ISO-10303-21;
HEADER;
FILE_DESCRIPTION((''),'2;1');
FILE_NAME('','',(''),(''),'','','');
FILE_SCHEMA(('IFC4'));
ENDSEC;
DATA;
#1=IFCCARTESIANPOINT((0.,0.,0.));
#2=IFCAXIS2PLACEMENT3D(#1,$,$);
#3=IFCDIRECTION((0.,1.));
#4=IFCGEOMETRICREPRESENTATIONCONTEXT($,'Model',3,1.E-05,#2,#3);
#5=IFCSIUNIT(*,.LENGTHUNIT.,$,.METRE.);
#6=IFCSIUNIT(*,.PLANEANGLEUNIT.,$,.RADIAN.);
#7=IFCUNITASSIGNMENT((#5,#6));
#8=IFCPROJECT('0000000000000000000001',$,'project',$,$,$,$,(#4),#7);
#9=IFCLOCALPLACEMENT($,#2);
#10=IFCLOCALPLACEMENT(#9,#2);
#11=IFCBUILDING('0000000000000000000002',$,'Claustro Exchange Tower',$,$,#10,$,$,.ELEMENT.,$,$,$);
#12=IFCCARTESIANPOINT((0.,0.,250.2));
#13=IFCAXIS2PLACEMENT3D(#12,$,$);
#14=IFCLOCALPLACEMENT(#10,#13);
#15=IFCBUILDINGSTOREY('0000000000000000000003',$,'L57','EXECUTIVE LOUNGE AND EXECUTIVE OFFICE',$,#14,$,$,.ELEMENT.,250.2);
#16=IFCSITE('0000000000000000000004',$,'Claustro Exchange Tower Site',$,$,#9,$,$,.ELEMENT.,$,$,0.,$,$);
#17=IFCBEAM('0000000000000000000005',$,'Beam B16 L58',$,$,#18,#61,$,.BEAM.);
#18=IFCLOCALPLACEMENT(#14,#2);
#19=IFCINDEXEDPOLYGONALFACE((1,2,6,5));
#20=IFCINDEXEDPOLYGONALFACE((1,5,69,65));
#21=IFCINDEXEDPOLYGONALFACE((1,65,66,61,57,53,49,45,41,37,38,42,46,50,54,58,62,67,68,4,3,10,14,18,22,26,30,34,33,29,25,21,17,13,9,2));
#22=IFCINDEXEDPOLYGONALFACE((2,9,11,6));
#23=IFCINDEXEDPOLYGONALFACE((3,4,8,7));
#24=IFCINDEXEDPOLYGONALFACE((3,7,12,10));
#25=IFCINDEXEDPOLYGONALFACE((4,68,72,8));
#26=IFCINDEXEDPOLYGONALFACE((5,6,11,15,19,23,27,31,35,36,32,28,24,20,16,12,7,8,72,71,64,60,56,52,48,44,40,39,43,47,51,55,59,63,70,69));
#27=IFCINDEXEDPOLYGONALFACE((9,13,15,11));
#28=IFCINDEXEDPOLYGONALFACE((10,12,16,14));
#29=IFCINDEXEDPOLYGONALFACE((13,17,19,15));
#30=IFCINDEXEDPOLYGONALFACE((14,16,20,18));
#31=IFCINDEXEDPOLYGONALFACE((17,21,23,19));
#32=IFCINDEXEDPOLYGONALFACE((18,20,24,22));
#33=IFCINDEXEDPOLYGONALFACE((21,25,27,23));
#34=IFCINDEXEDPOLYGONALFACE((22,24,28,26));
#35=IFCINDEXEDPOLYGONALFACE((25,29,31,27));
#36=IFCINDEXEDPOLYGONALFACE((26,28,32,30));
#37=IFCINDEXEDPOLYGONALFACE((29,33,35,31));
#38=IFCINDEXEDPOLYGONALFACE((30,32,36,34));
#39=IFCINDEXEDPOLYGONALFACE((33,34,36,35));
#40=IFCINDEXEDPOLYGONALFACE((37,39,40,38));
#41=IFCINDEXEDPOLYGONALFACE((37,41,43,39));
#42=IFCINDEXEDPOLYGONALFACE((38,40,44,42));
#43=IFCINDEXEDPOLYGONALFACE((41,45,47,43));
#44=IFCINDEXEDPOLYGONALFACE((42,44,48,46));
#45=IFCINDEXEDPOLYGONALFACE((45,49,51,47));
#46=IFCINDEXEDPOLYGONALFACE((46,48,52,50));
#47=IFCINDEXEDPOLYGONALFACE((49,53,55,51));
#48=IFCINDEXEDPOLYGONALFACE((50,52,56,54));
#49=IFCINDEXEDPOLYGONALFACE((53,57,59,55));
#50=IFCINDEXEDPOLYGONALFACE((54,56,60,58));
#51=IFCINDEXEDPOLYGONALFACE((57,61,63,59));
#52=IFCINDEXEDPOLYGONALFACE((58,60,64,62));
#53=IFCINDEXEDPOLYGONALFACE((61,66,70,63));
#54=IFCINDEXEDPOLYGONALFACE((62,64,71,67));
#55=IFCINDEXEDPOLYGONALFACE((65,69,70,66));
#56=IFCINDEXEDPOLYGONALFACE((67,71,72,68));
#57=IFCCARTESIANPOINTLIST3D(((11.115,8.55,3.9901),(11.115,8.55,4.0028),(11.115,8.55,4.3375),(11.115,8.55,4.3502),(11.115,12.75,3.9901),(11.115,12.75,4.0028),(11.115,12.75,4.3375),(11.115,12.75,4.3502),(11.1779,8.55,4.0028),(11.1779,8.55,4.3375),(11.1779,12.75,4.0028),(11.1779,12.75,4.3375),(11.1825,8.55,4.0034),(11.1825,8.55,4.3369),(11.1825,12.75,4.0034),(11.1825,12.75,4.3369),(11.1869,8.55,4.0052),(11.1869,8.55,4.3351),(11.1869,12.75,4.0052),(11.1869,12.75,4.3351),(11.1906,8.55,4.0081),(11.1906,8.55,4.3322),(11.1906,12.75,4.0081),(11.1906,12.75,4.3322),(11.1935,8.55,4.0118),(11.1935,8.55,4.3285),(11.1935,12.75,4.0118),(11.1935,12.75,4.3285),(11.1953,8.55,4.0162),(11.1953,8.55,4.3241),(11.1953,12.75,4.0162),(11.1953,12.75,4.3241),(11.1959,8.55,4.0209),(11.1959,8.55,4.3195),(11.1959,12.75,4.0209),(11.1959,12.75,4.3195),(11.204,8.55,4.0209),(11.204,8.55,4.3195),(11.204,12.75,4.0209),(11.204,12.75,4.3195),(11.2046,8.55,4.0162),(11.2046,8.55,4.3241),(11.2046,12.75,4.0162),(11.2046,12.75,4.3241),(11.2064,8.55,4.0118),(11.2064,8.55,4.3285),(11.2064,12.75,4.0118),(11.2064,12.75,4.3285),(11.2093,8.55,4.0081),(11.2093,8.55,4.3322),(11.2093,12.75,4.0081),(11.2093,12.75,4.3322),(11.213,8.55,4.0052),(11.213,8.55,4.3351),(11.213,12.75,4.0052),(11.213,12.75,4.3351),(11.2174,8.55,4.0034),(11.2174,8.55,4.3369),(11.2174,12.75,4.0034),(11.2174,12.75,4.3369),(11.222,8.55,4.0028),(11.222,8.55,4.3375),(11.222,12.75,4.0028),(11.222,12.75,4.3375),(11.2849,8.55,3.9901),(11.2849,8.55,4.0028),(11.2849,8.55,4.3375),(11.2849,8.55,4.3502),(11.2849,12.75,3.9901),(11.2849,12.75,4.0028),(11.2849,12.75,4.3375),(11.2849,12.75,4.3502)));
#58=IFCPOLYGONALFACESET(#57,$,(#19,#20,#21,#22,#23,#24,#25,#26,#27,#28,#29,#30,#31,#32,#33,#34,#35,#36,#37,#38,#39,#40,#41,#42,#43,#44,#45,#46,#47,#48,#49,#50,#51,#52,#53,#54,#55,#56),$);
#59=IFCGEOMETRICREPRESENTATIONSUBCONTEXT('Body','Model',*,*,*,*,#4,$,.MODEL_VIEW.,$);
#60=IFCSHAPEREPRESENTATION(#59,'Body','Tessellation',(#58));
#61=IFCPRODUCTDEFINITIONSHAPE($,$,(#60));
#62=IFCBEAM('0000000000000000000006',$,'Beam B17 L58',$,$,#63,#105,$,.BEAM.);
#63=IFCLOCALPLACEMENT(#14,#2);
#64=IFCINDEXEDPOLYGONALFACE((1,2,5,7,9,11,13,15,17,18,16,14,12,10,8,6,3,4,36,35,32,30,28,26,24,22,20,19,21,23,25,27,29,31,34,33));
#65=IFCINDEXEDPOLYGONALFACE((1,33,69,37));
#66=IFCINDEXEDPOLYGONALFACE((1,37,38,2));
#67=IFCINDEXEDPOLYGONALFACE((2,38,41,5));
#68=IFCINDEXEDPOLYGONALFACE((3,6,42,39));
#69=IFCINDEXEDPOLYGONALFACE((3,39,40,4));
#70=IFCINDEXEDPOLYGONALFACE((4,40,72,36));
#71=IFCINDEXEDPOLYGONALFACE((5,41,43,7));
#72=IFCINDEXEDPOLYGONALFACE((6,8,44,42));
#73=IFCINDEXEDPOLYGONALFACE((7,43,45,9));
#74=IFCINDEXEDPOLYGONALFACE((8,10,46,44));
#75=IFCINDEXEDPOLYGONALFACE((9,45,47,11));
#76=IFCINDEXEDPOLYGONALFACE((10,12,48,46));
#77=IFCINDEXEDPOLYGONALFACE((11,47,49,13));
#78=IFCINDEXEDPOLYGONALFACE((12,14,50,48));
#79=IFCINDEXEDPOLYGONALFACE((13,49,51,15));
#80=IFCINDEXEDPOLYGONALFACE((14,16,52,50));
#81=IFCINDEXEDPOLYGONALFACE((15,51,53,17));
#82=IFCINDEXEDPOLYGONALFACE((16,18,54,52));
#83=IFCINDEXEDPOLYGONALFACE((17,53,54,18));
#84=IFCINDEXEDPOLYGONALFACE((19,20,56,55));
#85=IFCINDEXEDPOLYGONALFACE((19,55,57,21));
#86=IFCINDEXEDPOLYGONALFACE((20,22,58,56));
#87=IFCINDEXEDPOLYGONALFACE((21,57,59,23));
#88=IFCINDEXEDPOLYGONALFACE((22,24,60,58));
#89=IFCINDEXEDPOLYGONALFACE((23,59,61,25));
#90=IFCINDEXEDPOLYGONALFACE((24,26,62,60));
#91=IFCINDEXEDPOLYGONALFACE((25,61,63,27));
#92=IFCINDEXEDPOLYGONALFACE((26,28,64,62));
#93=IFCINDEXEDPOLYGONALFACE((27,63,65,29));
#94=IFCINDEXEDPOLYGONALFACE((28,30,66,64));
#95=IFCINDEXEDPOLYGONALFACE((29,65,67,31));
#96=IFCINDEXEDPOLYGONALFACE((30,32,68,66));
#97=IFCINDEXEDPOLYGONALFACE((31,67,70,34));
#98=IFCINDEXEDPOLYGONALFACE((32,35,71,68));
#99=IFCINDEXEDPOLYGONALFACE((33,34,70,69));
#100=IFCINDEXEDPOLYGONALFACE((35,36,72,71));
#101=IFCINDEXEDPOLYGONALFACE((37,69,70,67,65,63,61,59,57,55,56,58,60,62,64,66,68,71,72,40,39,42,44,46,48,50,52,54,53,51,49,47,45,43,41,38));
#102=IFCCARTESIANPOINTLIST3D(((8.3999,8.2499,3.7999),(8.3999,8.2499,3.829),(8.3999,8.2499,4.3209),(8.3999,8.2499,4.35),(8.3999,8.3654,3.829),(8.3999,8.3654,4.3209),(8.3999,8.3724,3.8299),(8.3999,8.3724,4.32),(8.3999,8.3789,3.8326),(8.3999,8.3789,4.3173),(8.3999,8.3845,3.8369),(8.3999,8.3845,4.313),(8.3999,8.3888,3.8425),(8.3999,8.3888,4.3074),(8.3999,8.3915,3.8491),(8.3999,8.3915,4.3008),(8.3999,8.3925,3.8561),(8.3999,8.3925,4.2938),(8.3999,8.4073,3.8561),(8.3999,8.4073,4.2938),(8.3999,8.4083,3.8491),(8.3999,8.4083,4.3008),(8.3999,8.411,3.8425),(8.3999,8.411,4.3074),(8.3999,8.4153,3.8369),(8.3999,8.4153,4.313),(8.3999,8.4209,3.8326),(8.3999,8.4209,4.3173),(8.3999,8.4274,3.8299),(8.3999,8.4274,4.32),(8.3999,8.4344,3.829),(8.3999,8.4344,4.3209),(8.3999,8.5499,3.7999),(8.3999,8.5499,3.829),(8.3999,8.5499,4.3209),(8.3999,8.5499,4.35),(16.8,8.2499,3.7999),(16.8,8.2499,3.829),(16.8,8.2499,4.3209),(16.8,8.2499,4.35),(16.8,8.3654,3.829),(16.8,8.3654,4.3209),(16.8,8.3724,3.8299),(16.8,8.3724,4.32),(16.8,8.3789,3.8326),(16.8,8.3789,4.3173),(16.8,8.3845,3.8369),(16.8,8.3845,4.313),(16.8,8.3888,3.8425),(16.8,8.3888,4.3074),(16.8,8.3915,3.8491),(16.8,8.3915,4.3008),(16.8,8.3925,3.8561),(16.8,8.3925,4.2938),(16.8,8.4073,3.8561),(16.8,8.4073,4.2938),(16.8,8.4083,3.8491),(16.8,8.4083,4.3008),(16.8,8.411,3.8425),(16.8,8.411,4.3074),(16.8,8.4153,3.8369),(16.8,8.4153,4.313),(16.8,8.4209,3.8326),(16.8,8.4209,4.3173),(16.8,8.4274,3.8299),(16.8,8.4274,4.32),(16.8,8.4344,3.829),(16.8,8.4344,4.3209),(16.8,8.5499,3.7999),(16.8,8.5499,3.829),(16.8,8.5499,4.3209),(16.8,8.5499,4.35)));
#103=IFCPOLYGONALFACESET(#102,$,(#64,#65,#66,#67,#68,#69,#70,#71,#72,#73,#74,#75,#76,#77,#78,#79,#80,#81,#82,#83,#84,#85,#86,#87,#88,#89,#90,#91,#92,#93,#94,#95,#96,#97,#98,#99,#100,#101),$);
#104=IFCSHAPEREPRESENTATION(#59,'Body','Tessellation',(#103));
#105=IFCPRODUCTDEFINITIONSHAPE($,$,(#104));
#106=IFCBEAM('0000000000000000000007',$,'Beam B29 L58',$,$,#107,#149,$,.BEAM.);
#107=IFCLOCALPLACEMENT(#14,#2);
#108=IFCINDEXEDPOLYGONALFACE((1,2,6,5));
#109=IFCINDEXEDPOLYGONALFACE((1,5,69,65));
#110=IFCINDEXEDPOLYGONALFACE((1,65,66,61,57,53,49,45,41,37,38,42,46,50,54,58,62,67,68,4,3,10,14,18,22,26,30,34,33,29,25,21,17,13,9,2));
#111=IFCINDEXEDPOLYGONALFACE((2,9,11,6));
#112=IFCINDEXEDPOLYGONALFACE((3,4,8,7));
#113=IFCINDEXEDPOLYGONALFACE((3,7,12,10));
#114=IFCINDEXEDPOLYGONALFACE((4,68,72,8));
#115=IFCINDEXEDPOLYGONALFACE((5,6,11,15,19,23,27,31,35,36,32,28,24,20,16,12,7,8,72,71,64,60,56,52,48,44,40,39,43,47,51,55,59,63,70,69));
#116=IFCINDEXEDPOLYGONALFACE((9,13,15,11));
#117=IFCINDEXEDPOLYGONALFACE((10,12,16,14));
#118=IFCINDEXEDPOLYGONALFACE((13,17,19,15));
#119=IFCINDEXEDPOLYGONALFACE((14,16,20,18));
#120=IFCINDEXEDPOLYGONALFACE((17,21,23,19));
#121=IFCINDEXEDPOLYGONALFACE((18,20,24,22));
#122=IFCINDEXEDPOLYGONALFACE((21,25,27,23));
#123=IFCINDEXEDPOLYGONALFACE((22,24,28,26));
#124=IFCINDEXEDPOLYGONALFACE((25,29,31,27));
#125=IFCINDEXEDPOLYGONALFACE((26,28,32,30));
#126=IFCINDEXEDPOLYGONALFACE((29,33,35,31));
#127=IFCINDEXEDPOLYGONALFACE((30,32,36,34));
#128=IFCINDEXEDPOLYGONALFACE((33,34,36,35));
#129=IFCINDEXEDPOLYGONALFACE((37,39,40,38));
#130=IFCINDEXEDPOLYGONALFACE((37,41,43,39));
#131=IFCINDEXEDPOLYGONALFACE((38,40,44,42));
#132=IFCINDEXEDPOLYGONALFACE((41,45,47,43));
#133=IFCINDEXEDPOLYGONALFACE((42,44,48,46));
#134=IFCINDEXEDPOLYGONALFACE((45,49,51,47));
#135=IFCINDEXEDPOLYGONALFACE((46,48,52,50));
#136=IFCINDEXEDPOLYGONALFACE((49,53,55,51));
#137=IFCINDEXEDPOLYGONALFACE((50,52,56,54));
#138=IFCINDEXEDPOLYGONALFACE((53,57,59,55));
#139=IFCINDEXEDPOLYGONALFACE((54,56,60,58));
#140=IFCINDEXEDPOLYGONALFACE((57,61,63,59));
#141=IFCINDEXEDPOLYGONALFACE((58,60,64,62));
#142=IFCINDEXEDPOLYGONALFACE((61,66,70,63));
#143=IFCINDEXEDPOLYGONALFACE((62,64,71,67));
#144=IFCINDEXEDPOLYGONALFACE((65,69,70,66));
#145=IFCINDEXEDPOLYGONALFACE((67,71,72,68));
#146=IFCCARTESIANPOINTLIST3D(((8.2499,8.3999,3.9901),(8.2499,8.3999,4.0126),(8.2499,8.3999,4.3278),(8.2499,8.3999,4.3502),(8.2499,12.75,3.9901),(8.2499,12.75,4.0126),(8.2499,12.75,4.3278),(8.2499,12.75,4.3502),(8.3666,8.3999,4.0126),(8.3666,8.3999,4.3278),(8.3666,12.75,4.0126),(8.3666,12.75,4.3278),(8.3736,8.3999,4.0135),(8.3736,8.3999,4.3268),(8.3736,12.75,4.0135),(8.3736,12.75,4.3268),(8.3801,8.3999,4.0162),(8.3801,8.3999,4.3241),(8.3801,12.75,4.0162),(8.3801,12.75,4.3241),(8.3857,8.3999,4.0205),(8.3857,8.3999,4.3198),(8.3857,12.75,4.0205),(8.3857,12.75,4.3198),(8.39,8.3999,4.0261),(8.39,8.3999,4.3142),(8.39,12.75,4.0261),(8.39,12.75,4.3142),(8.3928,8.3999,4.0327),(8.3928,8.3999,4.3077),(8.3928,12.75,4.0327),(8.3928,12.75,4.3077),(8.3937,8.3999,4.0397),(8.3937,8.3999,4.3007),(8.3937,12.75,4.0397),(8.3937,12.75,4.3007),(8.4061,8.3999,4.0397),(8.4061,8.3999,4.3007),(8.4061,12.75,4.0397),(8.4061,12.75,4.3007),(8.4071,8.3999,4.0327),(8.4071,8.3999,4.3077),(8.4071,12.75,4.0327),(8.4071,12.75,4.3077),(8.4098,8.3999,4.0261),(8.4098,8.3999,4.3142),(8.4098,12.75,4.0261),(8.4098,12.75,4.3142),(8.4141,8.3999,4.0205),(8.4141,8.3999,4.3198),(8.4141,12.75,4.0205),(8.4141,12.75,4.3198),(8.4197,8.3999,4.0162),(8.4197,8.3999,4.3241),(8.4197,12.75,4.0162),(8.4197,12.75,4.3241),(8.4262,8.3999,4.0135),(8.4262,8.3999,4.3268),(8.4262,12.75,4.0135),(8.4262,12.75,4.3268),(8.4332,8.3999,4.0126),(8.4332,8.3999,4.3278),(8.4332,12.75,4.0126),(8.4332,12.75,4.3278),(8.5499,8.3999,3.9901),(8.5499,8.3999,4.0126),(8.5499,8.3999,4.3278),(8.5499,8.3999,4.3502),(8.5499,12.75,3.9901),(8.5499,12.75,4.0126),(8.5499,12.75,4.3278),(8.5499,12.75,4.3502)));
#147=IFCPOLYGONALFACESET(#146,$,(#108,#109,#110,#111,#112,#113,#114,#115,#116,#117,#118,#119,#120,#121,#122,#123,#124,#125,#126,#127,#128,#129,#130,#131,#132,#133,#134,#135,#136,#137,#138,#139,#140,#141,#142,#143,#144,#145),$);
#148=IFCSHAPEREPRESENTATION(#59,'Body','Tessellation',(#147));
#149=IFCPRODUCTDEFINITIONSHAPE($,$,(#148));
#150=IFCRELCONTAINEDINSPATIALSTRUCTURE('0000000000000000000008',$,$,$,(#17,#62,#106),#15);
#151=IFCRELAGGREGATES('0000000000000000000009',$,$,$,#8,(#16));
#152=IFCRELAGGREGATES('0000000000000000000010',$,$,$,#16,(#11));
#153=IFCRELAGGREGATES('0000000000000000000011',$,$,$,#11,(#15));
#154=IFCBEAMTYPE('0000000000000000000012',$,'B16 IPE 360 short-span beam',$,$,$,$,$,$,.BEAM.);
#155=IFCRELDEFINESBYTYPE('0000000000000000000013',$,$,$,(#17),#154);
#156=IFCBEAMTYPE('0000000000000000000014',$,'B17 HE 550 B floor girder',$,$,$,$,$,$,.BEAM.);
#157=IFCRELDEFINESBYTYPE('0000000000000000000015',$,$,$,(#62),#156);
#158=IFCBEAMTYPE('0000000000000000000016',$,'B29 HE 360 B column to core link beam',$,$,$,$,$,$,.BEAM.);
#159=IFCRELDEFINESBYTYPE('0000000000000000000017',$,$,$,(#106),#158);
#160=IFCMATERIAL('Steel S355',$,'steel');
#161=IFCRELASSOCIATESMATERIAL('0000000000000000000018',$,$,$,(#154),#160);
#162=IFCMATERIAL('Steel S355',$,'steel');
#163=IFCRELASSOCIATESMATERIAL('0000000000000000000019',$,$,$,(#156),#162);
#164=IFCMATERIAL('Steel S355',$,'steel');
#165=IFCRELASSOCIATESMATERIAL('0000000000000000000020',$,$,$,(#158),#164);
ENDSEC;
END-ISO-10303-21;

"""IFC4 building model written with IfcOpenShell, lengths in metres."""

from ifc_helpers import new_model, si_unit, direction, frame, origin, origin_2d, place, context, subcontext, project, spatial, i_section, extrude, material, material_profile, profile_set, type_object, element, save


model = new_model("IFC4")

# Units and contexts
model_context = context("Model", 3, precision=1e-05, world=origin(), true_north=direction((0.0, 1.0)))
body_context = subcontext(model_context, "Body", "Model", "MODEL_VIEW")
ifc_project = project(units=[si_unit("LENGTHUNIT", "METRE"), si_unit("PLANEANGLEUNIT", "RADIAN")], contexts=[model_context])

# Site, building, storey
site_placement = place(None, origin())
site = spatial("IfcSite", under=ifc_project, at=site_placement, Name="Claustro Exchange Tower Site", CompositionType="ELEMENT", RefElevation=0.0)
building_placement = place(site_placement, origin())
building = spatial("IfcBuilding", under=site, at=building_placement, Name="Claustro Exchange Tower", CompositionType="ELEMENT")
storey_placement = place(building_placement, frame((0.0, 0.0, 250.2)))
storey = spatial("IfcBuildingStorey", under=building, at=storey_placement, Name="L57", Description="EXECUTIVE LOUNGE AND EXECUTIVE OFFICE", CompositionType="ELEMENT", Elevation=250.2)

# Beams
ifc_material_1 = material(Name="Steel S355", Category="steel")
ifc_material_profile_1 = material_profile(ifc_material_1, i_section(OverallWidth=0.1699, OverallDepth=0.3601, WebThickness=0.0081, FlangeThickness=0.0127, FilletRadius=0.0181, at=origin_2d()), Name="IPE 360")
ifc_profile_set_1 = profile_set([ifc_material_profile_1], Name="Steel S355")
beam_type_1 = type_object("IfcBeamType", Name="B16 IPE 360 short-span beam", PredefinedType="BEAM", material=ifc_profile_set_1)
beam_1_placement = place(storey_placement, frame((11.2, 8.55, 4.1702), z_axis=(0.0, 1.0, 0.0), x_axis=(-1.0, 0.0, 0.0)))
element("IfcBeam", 1, at=beam_1_placement, inside=storey, type_object=beam_type_1, Name="Beam B16 L58", PredefinedType="BEAM", context=body_context, shape_type="SweptSolid", body=[
    extrude(i_section(OverallWidth=0.1699, OverallDepth=0.3601, WebThickness=0.0081, FlangeThickness=0.0127, FilletRadius=0.0181, at=origin_2d()), origin(), (0.0, 0.0, 1.0), 4.2),
])
ifc_material_2 = material(Name="Steel S355", Category="steel")
ifc_material_profile_2 = material_profile(ifc_material_2, i_section(OverallWidth=0.3, OverallDepth=0.55, WebThickness=0.0149, FlangeThickness=0.0291, FilletRadius=0.0271, at=origin_2d()), Name="HE 550 B")
ifc_profile_set_2 = profile_set([ifc_material_profile_2], Name="Steel S355")
beam_type_2 = type_object("IfcBeamType", Name="B17 HE 550 B floor girder", PredefinedType="BEAM", material=ifc_profile_set_2)
beam_2_placement = place(storey_placement, frame((8.3999, 8.3999, 4.075), z_axis=(1.0, 0.0, 0.0), x_axis=(0.0, 1.0, 0.0)))
element("IfcBeam", 2, at=beam_2_placement, inside=storey, type_object=beam_type_2, Name="Beam B17 L58", PredefinedType="BEAM", context=body_context, shape_type="SweptSolid", body=[
    extrude(i_section(OverallWidth=0.3, OverallDepth=0.55, WebThickness=0.0149, FlangeThickness=0.0291, FilletRadius=0.0271, at=origin_2d()), origin(), (0.0, 0.0, 1.0), 8.4001),
])
ifc_material_3 = material(Name="Steel S355", Category="steel")
ifc_material_profile_3 = material_profile(ifc_material_3, i_section(OverallWidth=0.3, OverallDepth=0.3601, WebThickness=0.0125, FlangeThickness=0.0225, FilletRadius=0.0271, at=origin_2d()), Name="HE 360 B")
ifc_profile_set_3 = profile_set([ifc_material_profile_3], Name="Steel S355")
beam_type_3 = type_object("IfcBeamType", Name="B29 HE 360 B column to core link beam", PredefinedType="BEAM", material=ifc_profile_set_3)
beam_3_placement = place(storey_placement, frame((8.3999, 8.3999, 4.1702), z_axis=(0.0, 1.0, 0.0), x_axis=(-1.0, 0.0, 0.0)))
element("IfcBeam", 3, at=beam_3_placement, inside=storey, type_object=beam_type_3, Name="Beam B29 L58", PredefinedType="BEAM", context=body_context, shape_type="SweptSolid", body=[
    extrude(i_section(OverallWidth=0.3, OverallDepth=0.3601, WebThickness=0.0125, FlangeThickness=0.0225, FilletRadius=0.0271, at=origin_2d()), origin(), (0.0, 0.0, 1.0), 4.3501),
])

save(model, "model.ifc")
